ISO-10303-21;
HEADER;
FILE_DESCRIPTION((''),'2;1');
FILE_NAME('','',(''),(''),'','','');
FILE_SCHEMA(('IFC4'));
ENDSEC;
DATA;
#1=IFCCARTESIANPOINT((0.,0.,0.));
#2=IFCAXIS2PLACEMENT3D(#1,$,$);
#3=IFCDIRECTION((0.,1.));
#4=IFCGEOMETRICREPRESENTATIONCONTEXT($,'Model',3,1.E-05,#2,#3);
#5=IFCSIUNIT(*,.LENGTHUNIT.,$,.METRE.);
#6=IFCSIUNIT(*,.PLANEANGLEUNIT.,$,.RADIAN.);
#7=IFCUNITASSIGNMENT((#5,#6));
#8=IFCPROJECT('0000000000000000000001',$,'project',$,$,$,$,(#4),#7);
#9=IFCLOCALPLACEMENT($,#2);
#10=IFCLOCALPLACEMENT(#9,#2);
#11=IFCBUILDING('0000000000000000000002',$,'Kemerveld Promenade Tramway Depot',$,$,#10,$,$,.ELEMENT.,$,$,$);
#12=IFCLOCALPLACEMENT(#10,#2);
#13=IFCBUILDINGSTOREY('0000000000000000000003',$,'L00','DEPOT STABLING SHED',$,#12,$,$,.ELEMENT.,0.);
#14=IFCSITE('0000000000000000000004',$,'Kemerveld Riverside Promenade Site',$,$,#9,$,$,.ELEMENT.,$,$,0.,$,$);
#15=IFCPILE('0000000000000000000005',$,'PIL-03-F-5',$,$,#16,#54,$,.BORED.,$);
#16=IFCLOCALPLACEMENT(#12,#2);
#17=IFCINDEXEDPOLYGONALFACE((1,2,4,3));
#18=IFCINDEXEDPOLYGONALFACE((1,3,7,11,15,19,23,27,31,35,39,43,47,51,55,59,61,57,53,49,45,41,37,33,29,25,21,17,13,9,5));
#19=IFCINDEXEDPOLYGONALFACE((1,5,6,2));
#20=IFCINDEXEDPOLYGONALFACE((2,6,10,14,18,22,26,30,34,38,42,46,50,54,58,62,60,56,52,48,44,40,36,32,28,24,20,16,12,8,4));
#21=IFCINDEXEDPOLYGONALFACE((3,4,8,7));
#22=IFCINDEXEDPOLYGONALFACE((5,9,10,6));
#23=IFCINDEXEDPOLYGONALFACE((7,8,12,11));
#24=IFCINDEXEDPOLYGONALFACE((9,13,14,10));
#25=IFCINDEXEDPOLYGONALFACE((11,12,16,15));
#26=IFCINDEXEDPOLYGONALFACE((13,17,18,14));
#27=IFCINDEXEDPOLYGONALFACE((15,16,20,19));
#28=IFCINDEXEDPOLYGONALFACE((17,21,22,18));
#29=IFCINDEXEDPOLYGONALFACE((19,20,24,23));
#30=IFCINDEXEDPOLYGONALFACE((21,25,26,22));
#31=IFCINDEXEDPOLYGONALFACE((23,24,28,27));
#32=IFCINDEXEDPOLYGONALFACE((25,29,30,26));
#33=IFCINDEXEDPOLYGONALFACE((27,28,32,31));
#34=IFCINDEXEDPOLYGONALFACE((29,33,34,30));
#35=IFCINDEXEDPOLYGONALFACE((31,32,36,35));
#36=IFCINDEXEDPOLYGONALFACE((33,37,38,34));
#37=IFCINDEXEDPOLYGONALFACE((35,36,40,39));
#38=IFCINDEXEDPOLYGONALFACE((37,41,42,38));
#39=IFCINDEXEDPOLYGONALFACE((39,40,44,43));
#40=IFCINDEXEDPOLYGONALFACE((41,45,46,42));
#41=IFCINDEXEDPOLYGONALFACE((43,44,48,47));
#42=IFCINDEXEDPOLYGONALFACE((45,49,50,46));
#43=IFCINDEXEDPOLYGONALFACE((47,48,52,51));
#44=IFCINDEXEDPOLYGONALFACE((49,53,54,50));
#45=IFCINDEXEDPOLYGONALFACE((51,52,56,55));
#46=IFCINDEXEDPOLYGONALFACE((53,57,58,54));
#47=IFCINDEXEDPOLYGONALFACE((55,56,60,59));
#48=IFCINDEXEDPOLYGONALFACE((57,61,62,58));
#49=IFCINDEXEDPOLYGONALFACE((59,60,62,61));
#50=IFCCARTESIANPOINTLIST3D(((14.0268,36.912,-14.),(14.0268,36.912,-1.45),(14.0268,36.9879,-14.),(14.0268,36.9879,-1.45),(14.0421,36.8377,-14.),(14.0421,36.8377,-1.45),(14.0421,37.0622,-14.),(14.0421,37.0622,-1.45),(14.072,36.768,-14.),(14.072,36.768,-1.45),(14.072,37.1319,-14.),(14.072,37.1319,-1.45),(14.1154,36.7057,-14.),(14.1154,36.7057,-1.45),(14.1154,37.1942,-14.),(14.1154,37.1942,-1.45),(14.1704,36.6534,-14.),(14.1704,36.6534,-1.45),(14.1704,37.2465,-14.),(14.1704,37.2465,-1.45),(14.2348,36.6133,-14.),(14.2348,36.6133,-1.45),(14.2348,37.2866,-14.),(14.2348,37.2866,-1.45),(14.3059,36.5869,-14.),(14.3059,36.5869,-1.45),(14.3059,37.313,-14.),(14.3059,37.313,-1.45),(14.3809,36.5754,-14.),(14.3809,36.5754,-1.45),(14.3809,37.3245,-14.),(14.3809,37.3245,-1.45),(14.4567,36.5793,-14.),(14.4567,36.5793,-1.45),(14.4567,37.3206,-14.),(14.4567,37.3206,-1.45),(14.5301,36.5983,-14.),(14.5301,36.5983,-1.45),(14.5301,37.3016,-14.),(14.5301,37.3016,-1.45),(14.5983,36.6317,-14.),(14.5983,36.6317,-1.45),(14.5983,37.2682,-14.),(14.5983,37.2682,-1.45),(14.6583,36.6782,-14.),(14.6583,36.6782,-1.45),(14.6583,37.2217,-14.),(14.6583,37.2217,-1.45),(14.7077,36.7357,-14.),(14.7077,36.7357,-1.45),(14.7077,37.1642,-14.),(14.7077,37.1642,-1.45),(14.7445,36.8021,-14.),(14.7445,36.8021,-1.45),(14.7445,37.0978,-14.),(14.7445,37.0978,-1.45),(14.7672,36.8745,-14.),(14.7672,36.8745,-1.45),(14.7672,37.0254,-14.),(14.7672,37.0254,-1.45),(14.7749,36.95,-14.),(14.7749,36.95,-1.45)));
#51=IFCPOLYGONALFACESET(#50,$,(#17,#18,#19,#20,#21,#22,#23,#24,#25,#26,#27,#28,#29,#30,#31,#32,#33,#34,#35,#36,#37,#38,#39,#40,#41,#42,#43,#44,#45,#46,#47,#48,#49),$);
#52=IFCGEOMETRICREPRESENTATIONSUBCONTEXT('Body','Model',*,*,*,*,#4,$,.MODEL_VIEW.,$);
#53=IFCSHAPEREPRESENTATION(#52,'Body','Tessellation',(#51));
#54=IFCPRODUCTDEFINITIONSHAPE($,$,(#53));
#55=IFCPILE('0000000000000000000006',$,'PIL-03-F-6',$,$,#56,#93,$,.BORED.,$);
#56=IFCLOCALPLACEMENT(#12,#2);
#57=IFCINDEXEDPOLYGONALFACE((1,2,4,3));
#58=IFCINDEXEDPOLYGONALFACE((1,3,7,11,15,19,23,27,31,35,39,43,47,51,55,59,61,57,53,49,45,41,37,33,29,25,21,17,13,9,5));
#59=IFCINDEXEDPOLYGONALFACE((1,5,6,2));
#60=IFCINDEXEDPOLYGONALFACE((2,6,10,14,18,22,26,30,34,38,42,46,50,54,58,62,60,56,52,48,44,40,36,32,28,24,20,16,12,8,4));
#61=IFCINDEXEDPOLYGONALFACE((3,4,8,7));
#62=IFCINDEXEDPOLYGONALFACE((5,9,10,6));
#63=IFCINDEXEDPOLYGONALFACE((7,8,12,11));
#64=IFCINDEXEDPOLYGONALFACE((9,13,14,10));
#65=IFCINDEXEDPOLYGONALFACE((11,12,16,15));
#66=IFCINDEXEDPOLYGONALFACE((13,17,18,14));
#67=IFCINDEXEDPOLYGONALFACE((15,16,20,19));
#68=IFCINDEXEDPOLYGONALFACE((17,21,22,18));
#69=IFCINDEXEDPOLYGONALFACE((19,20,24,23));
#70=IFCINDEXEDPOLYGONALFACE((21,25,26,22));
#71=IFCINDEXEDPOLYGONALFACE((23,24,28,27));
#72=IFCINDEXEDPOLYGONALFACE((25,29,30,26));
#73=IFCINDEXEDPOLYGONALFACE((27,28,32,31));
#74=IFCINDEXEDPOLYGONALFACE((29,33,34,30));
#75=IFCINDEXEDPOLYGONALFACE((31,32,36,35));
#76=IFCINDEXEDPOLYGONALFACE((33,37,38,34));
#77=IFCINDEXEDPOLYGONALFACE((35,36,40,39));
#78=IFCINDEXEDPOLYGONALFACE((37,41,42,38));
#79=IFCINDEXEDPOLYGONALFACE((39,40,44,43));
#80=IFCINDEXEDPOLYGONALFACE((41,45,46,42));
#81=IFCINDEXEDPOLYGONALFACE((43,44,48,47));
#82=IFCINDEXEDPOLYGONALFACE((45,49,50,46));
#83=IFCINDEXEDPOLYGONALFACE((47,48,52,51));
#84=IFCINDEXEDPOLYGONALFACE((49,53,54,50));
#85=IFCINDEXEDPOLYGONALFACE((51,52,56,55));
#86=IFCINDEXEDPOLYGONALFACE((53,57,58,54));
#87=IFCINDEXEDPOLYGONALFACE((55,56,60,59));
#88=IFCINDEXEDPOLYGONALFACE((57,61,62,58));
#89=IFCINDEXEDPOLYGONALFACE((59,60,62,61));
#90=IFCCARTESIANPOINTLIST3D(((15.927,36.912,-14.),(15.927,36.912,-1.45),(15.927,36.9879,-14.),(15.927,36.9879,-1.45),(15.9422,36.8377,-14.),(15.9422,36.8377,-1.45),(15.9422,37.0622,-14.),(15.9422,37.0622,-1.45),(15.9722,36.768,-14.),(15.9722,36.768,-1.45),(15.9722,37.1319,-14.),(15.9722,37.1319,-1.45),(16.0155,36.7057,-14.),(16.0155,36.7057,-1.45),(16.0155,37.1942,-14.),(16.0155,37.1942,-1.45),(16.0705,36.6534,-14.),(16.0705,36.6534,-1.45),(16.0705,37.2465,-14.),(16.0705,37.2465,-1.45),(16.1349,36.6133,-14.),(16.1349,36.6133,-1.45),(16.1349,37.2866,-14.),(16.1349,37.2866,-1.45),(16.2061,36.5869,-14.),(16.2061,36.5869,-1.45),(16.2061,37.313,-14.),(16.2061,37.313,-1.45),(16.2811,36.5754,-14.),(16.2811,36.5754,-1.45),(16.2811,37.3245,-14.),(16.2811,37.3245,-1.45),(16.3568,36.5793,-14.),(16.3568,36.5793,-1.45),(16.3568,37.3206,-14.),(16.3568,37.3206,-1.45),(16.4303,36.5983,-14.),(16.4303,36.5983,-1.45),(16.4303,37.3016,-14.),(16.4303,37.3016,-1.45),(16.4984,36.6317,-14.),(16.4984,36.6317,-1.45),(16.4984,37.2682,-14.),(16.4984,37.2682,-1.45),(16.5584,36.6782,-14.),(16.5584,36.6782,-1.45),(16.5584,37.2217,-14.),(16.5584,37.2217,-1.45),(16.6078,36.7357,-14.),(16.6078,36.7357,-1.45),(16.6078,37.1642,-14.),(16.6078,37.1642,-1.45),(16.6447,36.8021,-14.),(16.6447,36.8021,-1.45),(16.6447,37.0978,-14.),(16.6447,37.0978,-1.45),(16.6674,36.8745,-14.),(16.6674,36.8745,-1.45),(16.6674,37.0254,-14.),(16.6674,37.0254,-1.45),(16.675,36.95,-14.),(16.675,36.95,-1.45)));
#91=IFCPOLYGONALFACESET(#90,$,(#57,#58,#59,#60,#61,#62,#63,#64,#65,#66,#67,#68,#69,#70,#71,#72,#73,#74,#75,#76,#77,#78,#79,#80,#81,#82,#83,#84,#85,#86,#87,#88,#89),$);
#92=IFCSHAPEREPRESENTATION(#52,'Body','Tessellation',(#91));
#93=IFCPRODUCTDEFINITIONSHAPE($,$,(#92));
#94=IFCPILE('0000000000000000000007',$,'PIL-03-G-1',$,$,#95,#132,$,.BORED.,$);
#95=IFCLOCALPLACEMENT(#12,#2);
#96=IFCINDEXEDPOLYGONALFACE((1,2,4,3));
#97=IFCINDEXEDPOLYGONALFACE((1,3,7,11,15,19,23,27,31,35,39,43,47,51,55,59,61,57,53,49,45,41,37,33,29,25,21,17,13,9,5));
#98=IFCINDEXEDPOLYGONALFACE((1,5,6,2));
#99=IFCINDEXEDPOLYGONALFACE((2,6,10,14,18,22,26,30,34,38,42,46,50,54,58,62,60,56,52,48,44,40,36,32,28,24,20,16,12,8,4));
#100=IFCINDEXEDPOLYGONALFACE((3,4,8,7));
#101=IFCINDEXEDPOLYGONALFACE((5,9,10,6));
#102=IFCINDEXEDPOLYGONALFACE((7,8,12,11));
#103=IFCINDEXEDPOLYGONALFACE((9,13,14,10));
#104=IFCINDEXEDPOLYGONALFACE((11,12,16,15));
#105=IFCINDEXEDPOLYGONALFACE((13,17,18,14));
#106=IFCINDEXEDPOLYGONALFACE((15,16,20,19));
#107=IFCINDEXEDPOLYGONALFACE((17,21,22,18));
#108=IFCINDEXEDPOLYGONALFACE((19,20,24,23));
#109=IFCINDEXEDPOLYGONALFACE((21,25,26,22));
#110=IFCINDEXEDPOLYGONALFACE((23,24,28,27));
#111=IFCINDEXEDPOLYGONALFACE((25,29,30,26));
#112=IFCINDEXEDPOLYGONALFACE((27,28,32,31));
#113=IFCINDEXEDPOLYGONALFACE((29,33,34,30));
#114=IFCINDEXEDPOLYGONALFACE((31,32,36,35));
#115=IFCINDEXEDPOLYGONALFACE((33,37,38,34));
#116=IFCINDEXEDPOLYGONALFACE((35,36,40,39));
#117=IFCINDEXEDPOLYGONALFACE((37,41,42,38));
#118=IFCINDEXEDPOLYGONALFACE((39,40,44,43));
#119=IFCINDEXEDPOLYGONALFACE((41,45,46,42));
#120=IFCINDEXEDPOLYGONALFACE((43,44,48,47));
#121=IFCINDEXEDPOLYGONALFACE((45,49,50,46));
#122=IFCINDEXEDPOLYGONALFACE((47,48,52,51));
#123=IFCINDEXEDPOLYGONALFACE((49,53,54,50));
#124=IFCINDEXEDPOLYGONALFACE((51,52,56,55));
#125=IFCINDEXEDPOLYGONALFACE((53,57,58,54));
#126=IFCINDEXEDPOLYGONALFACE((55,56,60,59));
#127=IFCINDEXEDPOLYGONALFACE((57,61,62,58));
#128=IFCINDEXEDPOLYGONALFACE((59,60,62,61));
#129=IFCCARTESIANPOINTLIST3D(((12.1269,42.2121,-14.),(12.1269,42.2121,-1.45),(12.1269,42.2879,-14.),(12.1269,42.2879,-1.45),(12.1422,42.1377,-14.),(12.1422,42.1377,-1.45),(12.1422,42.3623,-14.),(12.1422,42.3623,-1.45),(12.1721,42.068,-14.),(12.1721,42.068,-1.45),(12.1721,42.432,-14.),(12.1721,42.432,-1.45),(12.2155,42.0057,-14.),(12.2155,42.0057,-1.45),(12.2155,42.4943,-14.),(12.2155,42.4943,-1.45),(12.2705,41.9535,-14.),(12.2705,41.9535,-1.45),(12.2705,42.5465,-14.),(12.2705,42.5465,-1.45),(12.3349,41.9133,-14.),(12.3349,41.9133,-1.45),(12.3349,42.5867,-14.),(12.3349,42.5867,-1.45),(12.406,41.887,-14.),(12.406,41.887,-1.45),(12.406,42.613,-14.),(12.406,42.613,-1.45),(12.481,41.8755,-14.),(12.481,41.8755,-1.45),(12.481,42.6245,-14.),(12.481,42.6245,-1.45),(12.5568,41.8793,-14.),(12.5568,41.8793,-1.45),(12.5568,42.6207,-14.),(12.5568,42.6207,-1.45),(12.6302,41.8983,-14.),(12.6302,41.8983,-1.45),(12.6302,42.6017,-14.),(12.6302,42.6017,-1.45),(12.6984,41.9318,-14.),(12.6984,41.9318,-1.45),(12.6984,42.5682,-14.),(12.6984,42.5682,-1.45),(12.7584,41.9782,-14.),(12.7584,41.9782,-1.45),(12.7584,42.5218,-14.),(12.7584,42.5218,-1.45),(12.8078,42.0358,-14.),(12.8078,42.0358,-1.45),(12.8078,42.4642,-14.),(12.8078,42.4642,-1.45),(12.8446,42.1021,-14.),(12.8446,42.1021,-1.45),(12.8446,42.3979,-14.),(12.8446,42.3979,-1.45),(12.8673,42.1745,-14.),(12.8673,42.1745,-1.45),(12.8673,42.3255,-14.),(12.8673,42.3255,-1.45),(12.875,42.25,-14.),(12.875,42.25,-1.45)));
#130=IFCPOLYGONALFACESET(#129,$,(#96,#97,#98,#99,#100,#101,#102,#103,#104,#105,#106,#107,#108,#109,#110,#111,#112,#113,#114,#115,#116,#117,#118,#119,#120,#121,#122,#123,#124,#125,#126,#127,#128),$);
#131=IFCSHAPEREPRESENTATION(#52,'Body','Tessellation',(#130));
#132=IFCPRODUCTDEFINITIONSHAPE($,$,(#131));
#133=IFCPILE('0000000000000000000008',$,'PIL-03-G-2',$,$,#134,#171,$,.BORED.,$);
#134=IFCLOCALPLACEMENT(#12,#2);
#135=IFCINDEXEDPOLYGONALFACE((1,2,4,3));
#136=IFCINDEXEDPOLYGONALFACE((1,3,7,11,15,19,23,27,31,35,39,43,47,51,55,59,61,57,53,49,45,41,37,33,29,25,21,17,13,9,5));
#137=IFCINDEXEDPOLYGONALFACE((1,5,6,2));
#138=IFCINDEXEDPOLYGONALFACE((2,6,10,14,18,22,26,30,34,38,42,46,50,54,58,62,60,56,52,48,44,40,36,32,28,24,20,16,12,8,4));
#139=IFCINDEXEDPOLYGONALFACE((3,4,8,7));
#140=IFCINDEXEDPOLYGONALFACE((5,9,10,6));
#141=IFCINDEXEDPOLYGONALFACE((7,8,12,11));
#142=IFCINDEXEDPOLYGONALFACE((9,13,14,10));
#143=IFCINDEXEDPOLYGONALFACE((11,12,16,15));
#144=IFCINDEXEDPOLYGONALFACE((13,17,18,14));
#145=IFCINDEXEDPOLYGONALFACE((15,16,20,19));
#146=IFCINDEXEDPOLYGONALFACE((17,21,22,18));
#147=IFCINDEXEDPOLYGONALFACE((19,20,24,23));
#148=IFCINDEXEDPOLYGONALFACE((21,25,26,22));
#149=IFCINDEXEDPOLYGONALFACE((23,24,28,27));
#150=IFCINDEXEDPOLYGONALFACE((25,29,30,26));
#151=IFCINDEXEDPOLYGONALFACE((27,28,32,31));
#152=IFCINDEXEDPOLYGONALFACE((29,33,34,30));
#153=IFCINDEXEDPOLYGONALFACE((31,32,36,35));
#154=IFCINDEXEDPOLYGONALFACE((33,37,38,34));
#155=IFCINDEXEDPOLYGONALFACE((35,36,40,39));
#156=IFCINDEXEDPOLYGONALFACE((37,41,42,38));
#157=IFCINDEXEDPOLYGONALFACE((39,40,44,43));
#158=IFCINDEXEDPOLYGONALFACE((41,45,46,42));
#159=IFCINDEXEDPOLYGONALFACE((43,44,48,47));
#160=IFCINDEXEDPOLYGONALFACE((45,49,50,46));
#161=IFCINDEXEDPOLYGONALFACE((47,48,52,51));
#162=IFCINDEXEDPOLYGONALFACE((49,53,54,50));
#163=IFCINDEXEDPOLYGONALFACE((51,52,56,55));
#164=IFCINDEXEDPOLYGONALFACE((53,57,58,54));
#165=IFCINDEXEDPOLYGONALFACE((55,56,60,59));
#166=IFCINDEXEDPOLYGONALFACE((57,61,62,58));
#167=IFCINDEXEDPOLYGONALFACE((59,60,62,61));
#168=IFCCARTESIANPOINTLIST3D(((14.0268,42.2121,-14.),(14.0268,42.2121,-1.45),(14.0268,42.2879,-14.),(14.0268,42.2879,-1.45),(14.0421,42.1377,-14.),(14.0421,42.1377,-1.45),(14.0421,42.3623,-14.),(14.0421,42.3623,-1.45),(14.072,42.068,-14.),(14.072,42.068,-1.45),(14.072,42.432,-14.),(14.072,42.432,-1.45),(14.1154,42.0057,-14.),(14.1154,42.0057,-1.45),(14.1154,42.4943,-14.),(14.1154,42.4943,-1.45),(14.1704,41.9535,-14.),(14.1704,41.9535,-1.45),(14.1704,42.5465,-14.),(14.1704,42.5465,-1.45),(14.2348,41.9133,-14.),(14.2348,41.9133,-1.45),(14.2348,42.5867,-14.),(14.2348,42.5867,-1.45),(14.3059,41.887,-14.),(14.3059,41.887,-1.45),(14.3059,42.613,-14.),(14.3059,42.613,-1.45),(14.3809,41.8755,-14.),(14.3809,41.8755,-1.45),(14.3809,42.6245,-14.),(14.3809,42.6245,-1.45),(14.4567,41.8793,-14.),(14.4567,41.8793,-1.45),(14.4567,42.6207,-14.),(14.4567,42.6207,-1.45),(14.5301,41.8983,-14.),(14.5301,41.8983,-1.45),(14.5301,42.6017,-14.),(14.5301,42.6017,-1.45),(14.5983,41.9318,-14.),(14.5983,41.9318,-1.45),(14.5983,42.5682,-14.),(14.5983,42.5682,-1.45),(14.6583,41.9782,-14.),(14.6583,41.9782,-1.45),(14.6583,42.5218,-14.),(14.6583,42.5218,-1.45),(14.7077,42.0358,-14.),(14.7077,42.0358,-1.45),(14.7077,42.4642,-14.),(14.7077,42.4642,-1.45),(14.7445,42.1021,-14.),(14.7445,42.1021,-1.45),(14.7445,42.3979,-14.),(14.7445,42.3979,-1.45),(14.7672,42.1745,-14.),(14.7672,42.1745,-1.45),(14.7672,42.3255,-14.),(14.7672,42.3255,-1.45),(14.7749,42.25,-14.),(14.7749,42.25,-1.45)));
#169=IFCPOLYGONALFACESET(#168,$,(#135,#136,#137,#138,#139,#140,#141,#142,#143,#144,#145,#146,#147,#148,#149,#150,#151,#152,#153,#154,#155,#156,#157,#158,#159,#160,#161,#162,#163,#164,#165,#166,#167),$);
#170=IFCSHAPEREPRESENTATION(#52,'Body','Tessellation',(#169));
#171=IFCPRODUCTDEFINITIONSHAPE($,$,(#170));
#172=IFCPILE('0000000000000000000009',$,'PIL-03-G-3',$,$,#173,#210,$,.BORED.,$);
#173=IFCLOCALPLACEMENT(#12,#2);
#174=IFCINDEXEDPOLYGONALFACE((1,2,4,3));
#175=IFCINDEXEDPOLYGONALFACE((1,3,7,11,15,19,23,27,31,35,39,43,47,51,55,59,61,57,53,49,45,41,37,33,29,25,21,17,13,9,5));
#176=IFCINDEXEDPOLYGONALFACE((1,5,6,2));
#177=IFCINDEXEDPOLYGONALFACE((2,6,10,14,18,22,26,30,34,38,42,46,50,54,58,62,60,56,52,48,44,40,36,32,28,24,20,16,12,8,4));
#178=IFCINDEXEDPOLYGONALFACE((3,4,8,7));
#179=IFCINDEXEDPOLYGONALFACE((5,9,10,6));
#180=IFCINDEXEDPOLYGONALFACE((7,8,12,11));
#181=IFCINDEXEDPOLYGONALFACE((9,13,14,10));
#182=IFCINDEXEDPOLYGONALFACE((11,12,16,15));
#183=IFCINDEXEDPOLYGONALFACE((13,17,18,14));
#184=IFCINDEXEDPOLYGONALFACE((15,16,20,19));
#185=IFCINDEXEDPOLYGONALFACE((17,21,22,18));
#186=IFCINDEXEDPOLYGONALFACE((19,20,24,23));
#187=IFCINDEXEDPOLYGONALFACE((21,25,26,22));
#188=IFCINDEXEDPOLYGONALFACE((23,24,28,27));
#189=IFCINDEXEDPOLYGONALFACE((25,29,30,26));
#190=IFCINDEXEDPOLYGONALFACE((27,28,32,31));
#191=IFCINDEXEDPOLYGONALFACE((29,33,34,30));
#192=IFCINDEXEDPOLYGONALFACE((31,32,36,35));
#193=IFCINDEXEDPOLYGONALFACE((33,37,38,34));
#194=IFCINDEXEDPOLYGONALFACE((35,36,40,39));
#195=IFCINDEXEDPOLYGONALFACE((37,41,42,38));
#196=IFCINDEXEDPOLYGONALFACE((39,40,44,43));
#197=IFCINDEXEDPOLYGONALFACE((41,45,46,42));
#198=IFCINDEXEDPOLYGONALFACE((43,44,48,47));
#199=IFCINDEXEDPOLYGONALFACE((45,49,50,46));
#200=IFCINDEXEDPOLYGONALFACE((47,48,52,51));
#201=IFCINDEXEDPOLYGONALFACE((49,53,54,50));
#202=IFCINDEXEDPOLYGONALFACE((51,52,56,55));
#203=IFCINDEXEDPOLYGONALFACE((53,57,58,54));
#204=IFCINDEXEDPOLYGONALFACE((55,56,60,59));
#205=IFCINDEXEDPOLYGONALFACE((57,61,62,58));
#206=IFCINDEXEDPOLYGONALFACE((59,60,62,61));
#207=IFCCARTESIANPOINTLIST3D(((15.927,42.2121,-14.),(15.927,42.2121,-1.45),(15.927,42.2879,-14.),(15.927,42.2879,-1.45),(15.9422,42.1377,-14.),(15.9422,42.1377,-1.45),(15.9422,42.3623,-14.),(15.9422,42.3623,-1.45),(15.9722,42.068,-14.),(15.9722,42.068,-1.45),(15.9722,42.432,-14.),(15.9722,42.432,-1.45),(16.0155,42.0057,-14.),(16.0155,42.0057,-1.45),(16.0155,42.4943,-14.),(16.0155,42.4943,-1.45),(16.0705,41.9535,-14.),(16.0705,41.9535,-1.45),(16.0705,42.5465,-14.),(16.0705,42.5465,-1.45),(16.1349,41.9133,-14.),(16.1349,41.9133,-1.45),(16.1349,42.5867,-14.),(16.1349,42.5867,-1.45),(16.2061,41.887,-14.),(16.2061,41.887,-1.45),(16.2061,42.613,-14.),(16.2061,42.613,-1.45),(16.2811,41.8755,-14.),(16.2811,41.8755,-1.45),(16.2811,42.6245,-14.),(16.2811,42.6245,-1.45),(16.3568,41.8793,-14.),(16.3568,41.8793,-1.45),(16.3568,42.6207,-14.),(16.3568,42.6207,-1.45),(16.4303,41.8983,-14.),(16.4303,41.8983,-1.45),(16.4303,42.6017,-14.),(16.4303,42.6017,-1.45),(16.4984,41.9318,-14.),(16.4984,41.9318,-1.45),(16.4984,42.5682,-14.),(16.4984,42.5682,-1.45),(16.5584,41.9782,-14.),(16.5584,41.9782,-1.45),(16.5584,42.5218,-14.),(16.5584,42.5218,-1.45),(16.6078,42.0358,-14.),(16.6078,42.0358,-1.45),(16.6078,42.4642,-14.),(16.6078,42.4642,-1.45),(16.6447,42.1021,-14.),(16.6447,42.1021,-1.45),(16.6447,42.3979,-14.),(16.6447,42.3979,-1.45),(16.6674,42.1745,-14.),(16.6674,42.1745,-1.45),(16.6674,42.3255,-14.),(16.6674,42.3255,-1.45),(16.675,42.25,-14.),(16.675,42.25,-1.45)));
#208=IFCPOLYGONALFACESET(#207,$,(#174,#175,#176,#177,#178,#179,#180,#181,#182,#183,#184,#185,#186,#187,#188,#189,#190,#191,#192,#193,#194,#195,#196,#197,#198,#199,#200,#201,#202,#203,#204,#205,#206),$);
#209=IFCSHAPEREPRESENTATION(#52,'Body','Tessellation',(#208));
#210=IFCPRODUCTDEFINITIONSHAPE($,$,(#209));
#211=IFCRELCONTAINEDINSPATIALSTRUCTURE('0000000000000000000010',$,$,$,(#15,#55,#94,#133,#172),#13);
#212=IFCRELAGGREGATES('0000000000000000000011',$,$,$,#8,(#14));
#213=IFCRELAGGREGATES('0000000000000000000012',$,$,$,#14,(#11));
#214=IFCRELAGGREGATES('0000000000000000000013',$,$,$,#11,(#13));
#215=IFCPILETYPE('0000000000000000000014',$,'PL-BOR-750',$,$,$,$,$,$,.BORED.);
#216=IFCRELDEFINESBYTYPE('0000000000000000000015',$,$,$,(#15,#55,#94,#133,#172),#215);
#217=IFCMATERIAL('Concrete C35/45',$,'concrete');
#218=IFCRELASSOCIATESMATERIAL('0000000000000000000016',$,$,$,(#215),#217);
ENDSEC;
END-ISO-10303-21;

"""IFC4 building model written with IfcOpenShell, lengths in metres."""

from ifc_helpers import new_model, si_unit, direction, frame, origin, origin_2d, place, context, subcontext, project, spatial, circle, extrude, material, material_profile, profile_set, type_object, element, save


model = new_model("IFC4")

# Units and contexts
model_context = context("Model", 3, precision=1e-05, world=origin(), true_north=direction((0.0, 1.0)))
body_context = subcontext(model_context, "Body", "Model", "MODEL_VIEW")
ifc_project = project(units=[si_unit("LENGTHUNIT", "METRE"), si_unit("PLANEANGLEUNIT", "RADIAN")], contexts=[model_context])

# Site, building, storey
site_placement = place(None, origin())
site = spatial("IfcSite", under=ifc_project, at=site_placement, Name="Kemerveld Riverside Promenade Site", CompositionType="ELEMENT", RefElevation=0.0)
building_placement = place(site_placement, origin())
building = spatial("IfcBuilding", under=site, at=building_placement, Name="Kemerveld Promenade Tramway Depot", CompositionType="ELEMENT")
storey_placement = place(building_placement, origin())
storey = spatial("IfcBuildingStorey", under=building, at=storey_placement, Name="L00", Description="DEPOT STABLING SHED", CompositionType="ELEMENT", Elevation=0.0)

# Shared definitions
ifc_material_1 = material(Name="Concrete C35/45", Category="concrete")

# Piles
ifc_material_profile_1 = material_profile(ifc_material_1, circle(Radius=0.375, at=origin_2d()), Name="PILE-D750")
ifc_profile_set_1 = profile_set([ifc_material_profile_1], Name="Concrete C35/45")
pile_type_1 = type_object("IfcPileType", Name="PL-BOR-750", PredefinedType="BORED", material=ifc_profile_set_1)
for number, where, z_axis, x_axis, name in (
    (1, (14.3999, 36.95, -1.45), (0.0, 0.0, -1.0), (1.0, 0.0, 0.0), "PIL-03-F-5"),
    (2, (16.3, 36.95, -1.45), (0.0, 0.0, -1.0), (1.0, 0.0, 0.0), "PIL-03-F-6"),
    (3, (12.5, 42.25, -1.45), (0.0, 0.0, -1.0), (1.0, 0.0, 0.0), "PIL-03-G-1"),
    (4, (14.3999, 42.25, -1.45), (0.0, 0.0, -1.0), (1.0, 0.0, 0.0), "PIL-03-G-2"),
    (5, (16.3, 42.25, -1.45), (0.0, 0.0, -1.0), (1.0, 0.0, 0.0), "PIL-03-G-3"),
):
    element("IfcPile", number, at=place(storey_placement, frame(where, z_axis=z_axis, x_axis=x_axis)), inside=storey, type_object=pile_type_1, Name=name, PredefinedType="BORED", context=body_context, shape_type="SweptSolid", body=[
        extrude(circle(Radius=0.375, at=origin_2d()), origin(), (0.0, 0.0, 1.0), 12.55),
    ])

save(model, "model.ifc")
